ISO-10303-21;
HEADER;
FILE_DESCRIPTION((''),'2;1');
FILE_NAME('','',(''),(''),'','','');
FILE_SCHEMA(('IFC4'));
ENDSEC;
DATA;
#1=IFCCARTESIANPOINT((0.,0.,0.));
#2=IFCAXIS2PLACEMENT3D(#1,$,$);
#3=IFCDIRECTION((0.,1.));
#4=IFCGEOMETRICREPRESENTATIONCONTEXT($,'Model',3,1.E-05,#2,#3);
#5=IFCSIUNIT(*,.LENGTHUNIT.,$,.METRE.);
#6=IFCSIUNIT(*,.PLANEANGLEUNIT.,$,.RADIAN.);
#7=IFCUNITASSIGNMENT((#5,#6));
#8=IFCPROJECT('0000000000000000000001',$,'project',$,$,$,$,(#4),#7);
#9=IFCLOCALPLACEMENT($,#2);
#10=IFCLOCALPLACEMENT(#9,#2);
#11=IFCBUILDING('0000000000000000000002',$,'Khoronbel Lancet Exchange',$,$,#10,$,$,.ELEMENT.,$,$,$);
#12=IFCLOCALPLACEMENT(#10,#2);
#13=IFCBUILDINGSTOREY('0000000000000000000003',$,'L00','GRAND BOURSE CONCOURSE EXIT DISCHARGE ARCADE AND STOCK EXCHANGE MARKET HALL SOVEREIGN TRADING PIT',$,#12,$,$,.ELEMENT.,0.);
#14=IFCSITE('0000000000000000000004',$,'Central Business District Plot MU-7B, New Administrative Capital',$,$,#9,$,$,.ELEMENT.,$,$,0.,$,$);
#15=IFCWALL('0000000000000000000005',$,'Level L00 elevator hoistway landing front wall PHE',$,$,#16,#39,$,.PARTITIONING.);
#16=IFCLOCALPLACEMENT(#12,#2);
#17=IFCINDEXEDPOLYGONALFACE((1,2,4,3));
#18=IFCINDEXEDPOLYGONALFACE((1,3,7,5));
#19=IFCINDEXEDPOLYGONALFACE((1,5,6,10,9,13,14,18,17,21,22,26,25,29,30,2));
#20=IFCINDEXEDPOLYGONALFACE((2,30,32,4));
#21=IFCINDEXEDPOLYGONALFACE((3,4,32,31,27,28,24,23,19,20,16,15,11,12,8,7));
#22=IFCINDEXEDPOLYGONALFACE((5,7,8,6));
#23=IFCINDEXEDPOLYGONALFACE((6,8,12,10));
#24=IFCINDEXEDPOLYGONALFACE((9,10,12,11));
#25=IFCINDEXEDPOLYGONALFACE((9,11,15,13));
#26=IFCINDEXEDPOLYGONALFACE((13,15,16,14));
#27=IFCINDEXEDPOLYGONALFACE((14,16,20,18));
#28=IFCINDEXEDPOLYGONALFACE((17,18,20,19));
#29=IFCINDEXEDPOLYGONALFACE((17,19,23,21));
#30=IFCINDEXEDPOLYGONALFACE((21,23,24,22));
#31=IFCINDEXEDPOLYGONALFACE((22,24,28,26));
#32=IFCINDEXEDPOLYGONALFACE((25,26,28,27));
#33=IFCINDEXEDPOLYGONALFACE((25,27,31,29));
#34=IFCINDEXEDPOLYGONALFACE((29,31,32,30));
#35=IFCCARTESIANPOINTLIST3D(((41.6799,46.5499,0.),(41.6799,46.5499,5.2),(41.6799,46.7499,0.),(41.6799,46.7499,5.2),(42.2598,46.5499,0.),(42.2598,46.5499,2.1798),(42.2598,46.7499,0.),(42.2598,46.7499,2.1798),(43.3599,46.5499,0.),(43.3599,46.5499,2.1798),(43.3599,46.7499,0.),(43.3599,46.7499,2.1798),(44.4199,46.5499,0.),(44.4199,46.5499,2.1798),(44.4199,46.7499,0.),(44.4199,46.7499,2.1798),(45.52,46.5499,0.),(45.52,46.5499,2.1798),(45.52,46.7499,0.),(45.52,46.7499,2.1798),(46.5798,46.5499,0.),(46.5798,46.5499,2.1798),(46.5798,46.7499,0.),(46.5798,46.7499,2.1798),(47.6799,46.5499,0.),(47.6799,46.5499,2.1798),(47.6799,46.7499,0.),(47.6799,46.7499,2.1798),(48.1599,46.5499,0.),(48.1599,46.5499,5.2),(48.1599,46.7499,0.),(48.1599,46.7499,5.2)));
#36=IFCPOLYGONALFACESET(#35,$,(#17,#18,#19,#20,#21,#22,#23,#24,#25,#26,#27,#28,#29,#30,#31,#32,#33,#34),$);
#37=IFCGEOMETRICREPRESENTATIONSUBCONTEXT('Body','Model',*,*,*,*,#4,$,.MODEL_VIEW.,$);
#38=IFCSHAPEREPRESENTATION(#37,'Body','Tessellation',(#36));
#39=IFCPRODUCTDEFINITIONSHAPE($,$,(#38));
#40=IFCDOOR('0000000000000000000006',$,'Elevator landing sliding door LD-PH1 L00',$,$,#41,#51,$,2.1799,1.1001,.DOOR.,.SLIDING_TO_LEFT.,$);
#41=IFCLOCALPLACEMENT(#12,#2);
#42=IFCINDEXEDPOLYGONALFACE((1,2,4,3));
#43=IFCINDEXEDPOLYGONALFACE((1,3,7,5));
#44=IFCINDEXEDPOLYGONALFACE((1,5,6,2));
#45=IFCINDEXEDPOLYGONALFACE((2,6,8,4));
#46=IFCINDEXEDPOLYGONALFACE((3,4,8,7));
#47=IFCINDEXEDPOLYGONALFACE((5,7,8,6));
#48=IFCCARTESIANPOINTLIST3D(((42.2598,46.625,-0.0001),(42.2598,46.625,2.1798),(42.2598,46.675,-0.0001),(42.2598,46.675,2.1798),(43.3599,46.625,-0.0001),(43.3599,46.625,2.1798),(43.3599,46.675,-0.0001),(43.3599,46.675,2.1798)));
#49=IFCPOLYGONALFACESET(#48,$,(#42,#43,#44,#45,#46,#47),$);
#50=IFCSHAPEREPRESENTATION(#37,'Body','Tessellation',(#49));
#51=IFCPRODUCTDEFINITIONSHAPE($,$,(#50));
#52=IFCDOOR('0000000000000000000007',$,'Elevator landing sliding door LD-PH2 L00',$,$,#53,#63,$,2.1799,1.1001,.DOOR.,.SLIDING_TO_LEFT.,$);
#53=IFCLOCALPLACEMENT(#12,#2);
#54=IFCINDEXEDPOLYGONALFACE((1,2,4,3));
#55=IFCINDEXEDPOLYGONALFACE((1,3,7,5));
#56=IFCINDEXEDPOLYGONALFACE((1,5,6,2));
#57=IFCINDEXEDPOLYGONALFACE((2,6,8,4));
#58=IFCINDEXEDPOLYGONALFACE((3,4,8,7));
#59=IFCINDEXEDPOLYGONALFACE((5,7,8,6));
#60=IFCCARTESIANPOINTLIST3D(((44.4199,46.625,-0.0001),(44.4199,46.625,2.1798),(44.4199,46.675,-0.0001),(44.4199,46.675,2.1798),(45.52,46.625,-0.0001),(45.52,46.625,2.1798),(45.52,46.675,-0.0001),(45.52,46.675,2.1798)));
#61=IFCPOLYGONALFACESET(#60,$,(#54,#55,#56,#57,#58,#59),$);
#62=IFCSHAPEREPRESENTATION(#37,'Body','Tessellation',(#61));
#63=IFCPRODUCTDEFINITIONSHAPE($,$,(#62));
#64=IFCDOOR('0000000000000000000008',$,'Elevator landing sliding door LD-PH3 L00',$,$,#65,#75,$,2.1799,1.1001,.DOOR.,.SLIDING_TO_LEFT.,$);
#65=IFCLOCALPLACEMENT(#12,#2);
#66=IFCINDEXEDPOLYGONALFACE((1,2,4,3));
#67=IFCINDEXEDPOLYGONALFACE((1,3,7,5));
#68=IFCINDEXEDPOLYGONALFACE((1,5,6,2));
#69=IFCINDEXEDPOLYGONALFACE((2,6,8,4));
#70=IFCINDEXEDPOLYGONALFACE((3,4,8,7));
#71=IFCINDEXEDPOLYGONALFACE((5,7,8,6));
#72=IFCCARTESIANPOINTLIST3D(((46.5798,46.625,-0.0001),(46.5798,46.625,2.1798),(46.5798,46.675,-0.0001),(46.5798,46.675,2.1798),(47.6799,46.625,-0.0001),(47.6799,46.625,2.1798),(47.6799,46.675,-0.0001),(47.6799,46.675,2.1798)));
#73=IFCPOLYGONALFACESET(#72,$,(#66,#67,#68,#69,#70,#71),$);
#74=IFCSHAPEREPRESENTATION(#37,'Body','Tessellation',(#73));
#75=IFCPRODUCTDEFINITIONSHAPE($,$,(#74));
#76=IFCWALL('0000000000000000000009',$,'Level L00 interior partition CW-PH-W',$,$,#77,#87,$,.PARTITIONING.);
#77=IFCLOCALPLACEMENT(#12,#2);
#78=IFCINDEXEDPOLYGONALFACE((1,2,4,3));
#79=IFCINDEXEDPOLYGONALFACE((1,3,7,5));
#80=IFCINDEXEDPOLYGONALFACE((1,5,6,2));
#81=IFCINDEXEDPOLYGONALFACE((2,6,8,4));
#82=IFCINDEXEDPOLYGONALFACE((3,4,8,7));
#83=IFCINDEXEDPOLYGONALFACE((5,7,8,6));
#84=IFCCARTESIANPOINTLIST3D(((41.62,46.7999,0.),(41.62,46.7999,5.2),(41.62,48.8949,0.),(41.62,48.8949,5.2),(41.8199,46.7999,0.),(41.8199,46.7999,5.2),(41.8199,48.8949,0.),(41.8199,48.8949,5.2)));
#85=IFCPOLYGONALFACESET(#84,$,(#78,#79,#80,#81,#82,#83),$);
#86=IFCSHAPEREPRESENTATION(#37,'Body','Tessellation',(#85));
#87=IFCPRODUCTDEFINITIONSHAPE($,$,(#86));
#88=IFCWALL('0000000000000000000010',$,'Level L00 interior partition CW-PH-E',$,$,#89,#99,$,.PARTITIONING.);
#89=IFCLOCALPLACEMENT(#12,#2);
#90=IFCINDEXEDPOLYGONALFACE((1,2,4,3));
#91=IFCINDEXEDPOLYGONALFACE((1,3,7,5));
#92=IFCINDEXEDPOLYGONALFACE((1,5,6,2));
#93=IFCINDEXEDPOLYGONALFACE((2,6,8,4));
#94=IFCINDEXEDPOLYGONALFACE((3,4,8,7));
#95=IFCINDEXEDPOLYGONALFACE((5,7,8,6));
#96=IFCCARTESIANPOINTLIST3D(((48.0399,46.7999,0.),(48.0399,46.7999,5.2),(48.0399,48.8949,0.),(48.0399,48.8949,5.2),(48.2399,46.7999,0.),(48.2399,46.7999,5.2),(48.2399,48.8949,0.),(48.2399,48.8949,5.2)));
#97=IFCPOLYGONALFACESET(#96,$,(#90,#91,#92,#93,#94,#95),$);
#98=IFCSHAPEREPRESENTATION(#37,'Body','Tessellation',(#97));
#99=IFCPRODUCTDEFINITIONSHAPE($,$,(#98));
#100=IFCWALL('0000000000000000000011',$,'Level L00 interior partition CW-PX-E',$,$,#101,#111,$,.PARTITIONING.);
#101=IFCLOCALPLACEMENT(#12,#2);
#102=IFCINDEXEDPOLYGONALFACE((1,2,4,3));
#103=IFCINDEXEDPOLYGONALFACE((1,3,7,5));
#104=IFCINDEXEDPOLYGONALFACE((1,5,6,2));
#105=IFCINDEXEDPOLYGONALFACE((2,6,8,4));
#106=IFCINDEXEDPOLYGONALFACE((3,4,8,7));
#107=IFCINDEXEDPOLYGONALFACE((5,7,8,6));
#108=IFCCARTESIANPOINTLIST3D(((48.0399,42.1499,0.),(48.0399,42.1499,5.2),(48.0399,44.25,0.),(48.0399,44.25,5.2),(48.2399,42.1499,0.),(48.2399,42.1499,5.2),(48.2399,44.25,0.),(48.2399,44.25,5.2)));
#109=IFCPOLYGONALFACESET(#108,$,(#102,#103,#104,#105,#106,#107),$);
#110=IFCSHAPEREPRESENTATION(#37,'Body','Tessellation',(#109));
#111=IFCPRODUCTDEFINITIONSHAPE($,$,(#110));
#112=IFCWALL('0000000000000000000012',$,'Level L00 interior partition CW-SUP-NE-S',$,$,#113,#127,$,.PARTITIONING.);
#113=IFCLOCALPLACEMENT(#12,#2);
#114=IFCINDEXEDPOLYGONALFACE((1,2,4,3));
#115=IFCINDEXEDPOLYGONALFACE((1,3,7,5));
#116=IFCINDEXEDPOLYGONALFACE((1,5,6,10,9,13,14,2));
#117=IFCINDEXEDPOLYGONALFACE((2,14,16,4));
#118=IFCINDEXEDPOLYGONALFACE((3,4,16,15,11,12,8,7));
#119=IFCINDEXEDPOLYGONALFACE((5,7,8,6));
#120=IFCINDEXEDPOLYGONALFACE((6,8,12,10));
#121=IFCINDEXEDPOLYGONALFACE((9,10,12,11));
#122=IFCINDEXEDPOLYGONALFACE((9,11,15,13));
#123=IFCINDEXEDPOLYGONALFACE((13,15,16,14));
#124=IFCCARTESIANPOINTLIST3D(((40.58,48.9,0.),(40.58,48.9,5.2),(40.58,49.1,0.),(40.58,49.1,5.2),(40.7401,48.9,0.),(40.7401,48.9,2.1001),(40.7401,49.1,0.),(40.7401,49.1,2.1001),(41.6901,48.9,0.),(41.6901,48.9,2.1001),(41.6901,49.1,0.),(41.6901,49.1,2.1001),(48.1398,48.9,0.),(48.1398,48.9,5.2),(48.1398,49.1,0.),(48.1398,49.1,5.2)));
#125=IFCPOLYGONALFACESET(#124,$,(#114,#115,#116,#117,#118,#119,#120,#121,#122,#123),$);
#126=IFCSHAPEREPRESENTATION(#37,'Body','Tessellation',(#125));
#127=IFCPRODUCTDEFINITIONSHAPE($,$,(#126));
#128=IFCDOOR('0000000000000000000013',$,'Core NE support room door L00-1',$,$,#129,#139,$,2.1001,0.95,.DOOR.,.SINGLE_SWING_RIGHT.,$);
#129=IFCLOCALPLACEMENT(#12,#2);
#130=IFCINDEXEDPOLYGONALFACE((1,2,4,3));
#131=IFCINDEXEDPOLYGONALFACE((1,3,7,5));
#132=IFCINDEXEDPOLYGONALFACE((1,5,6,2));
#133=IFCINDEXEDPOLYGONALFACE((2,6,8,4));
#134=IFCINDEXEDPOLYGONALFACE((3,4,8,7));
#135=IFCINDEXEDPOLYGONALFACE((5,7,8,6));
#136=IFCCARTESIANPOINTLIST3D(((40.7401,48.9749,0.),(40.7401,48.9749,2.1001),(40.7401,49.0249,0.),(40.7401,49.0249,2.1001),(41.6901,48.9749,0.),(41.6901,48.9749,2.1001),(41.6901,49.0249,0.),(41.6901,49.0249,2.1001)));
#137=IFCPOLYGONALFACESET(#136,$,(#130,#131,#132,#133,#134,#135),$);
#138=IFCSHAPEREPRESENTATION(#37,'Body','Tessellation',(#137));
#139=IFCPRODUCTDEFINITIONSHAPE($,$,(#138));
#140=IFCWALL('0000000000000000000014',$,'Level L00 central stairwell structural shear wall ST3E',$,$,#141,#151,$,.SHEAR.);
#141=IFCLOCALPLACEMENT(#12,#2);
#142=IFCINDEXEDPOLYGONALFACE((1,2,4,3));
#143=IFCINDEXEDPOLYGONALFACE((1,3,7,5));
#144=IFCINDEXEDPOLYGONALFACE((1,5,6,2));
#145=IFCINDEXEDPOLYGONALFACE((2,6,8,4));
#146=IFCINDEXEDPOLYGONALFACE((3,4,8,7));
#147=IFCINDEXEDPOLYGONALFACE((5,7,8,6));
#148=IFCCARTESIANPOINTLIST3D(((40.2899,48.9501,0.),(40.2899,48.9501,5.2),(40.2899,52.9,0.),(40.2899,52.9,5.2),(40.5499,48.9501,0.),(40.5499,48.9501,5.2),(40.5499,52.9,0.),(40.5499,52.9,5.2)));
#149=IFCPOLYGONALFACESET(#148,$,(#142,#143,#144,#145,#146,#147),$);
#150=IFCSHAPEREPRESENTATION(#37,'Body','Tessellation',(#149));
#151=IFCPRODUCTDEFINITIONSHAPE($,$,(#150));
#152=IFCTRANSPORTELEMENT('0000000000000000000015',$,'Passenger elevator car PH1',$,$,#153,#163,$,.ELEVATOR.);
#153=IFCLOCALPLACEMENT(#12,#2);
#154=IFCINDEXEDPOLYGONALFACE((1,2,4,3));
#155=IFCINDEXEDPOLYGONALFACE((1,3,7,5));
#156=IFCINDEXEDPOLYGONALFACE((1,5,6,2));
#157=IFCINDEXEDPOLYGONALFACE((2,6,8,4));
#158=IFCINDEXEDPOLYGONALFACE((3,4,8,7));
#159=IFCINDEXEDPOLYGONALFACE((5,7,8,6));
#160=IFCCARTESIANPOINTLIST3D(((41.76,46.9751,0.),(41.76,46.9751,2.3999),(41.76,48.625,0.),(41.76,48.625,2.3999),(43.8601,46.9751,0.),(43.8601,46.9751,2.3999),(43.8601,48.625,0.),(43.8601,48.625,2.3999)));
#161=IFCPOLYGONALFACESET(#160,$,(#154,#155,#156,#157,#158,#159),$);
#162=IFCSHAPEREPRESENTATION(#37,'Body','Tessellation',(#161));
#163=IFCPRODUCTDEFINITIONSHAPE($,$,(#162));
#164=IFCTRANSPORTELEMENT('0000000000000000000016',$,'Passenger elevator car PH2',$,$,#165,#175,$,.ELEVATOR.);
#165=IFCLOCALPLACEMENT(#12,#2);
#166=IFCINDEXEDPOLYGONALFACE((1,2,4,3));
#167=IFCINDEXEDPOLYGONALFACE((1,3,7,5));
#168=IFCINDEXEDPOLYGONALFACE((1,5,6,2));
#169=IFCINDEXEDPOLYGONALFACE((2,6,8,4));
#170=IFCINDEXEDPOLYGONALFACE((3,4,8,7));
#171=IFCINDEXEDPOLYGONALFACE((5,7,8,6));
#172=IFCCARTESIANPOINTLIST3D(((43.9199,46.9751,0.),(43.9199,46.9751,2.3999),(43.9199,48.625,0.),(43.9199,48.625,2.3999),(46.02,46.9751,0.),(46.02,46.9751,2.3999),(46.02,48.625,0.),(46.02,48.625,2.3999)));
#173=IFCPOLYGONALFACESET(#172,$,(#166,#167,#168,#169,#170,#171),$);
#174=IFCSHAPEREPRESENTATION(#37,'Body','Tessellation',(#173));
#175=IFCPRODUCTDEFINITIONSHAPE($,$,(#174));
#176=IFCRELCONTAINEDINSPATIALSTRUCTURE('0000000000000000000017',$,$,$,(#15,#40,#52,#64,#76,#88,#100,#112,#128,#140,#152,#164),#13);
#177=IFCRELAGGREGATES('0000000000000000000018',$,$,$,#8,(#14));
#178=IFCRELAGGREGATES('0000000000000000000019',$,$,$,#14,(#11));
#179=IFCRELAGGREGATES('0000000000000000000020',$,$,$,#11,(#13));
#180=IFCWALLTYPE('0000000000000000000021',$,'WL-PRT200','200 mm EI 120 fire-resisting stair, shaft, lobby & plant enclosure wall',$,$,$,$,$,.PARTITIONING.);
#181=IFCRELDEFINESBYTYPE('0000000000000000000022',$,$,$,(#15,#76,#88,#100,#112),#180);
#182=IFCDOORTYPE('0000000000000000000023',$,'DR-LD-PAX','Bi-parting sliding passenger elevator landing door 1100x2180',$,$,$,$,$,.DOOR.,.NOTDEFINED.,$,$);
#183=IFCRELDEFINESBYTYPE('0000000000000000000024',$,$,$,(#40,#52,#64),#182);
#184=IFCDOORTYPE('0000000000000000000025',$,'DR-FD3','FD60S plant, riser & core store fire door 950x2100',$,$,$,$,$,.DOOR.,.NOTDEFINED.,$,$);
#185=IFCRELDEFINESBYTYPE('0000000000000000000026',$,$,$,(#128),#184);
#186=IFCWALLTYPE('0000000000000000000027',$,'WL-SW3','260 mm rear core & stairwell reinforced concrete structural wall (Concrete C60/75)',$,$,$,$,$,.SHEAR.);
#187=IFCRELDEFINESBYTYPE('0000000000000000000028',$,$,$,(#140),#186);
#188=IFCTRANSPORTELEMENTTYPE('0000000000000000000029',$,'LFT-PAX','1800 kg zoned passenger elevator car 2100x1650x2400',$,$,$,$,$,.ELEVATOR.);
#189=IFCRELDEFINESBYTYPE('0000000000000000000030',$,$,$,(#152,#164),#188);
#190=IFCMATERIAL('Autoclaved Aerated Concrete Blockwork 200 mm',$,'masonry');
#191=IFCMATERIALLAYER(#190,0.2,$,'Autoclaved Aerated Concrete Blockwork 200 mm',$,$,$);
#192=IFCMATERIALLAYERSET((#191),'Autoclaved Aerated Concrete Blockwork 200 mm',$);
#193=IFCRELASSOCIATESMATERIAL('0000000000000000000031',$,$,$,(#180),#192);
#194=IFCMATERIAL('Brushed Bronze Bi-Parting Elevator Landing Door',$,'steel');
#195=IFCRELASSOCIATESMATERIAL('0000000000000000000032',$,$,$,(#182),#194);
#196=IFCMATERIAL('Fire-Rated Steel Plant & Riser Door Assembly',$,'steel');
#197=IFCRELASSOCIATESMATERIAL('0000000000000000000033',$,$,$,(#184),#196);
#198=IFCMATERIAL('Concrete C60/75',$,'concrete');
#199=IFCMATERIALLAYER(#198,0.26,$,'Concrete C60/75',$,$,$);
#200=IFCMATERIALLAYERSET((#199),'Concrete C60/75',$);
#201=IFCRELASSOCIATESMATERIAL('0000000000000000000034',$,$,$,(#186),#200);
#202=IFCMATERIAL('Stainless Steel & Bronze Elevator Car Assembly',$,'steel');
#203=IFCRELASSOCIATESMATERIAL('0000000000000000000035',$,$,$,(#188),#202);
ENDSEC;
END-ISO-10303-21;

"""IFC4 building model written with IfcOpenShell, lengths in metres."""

from ifc_helpers import new_model, si_unit, direction, frame, frame_2d, origin, origin_2d, place, context, subcontext, project, spatial, rectangle, extrude, material, layer, layer_set, type_object, element, fill, save


model = new_model("IFC4")

# Units and contexts
model_context = context("Model", 3, precision=1e-05, world=origin(), true_north=direction((0.0, 1.0)))
body_context = subcontext(model_context, "Body", "Model", "MODEL_VIEW")
ifc_project = project(units=[si_unit("LENGTHUNIT", "METRE"), si_unit("PLANEANGLEUNIT", "RADIAN")], contexts=[model_context])

# Site, building, storey
site_placement = place(None, origin())
site = spatial("IfcSite", under=ifc_project, at=site_placement, Name="Central Business District Plot MU-7B, New Administrative Capital", CompositionType="ELEMENT", RefElevation=0.0)
building_placement = place(site_placement, origin())
building = spatial("IfcBuilding", under=site, at=building_placement, Name="Khoronbel Lancet Exchange", CompositionType="ELEMENT")
storey_placement = place(building_placement, origin())
storey = spatial("IfcBuildingStorey", under=building, at=storey_placement, Name="L00", Description="GRAND BOURSE CONCOURSE EXIT DISCHARGE ARCADE AND STOCK EXCHANGE MARKET HALL SOVEREIGN TRADING PIT", CompositionType="ELEMENT", Elevation=0.0)

# Wall, openings, doors
ifc_material_1 = material(Name="Autoclaved Aerated Concrete Blockwork 200 mm", Category="masonry")
ifc_layer_1 = layer(ifc_material_1, 0.2, Name="Autoclaved Aerated Concrete Blockwork 200 mm")
ifc_layer_set_1 = layer_set([ifc_layer_1], Name="Autoclaved Aerated Concrete Blockwork 200 mm")
wall_type_1 = type_object("IfcWallType", Name="WL-PRT200", Description="200 mm EI 120 fire-resisting stair, shaft, lobby & plant enclosure wall", PredefinedType="PARTITIONING", material=ifc_layer_set_1)
ifc_material_2 = material(Name="Brushed Bronze Bi-Parting Elevator Landing Door", Category="steel")
door_type_1 = type_object("IfcDoorType", Name="DR-LD-PAX", Description="Bi-parting sliding passenger elevator landing door 1100x2180", OperationType="NOTDEFINED", PredefinedType="DOOR", material=ifc_material_2)
wall_1_placement = place(storey_placement, frame((48.1599, 46.6499, 0.0), z_axis=(0.0, 0.0, 1.0), x_axis=(-1.0, 0.0, 0.0)))
wall_1 = element("IfcWall", 1, at=wall_1_placement, inside=storey, type_object=wall_type_1, Name="Level L00 elevator hoistway landing front wall PHE", PredefinedType="PARTITIONING", context=body_context, shape_type="SweptSolid", body=[
    extrude(rectangle(XDim=6.48, YDim=0.2, at=frame_2d((3.24, 0.0))), origin(), (0.0, 0.0, 1.0), 5.2),
])
opening_1_placement = place(wall_1_placement, frame((4.8, 0.0, 0.0)))
opening_1 = element("IfcOpeningElement", 2, at=opening_1_placement, cuts=wall_1, PredefinedType="OPENING", context=body_context, shape_type="SweptSolid", body=[
    extrude(rectangle(XDim=1.1001, YDim=2.1799, at=frame_2d((0.55, 1.0898))), frame((0.0, 0.1099, 0.0), z_axis=(0.0, -1.0, 0.0), x_axis=(1.0, 0.0, 0.0)), (0.0, 0.0, 1.0), 0.22),
])
opening_2_placement = place(wall_1_placement, frame((2.6399, 0.0, 0.0)))
opening_2 = element("IfcOpeningElement", 3, at=opening_2_placement, cuts=wall_1, PredefinedType="OPENING", context=body_context, shape_type="SweptSolid", body=[
    extrude(rectangle(XDim=1.1001, YDim=2.1799, at=frame_2d((0.55, 1.0898))), frame((0.0, 0.1099, 0.0), z_axis=(0.0, -1.0, 0.0), x_axis=(1.0, 0.0, 0.0)), (0.0, 0.0, 1.0), 0.22),
])
opening_3_placement = place(wall_1_placement, frame((0.48, 0.0, 0.0)))
opening_3 = element("IfcOpeningElement", 4, at=opening_3_placement, cuts=wall_1, PredefinedType="OPENING", context=body_context, shape_type="SweptSolid", body=[
    extrude(rectangle(XDim=1.1001, YDim=2.1799, at=frame_2d((0.55, 1.0898))), frame((0.0, 0.1099, 0.0), z_axis=(0.0, -1.0, 0.0), x_axis=(1.0, 0.0, 0.0)), (0.0, 0.0, 1.0), 0.22),
])
door_1_placement = place(opening_1_placement, origin())
door_1 = element("IfcDoor", 5, at=door_1_placement, inside=storey, type_object=door_type_1, Name="Elevator landing sliding door LD-PH1 L00", OperationType="SLIDING_TO_LEFT", OverallHeight=2.1799, OverallWidth=1.1001, PredefinedType="DOOR", context=body_context, shape_type="SweptSolid", body=[
    extrude(rectangle(XDim=1.1001, YDim=2.1799, at=frame_2d((0.55, 1.0898))), frame((0.0, 0.0249, 0.0), z_axis=(0.0, -1.0, 0.0), x_axis=(1.0, 0.0, 0.0)), (0.0, 0.0, 1.0), 0.05),
])
fill(opening_1, door_1)
door_2_placement = place(opening_2_placement, origin())
door_2 = element("IfcDoor", 6, at=door_2_placement, inside=storey, type_object=door_type_1, Name="Elevator landing sliding door LD-PH2 L00", OperationType="SLIDING_TO_LEFT", OverallHeight=2.1799, OverallWidth=1.1001, PredefinedType="DOOR", context=body_context, shape_type="SweptSolid", body=[
    extrude(rectangle(XDim=1.1001, YDim=2.1799, at=frame_2d((0.55, 1.0898))), frame((0.0, 0.0249, 0.0), z_axis=(0.0, -1.0, 0.0), x_axis=(1.0, 0.0, 0.0)), (0.0, 0.0, 1.0), 0.05),
])
fill(opening_2, door_2)
door_3_placement = place(opening_3_placement, origin())
door_3 = element("IfcDoor", 7, at=door_3_placement, inside=storey, type_object=door_type_1, Name="Elevator landing sliding door LD-PH3 L00", OperationType="SLIDING_TO_LEFT", OverallHeight=2.1799, OverallWidth=1.1001, PredefinedType="DOOR", context=body_context, shape_type="SweptSolid", body=[
    extrude(rectangle(XDim=1.1001, YDim=2.1799, at=frame_2d((0.55, 1.0898))), frame((0.0, 0.0249, 0.0), z_axis=(0.0, -1.0, 0.0), x_axis=(1.0, 0.0, 0.0)), (0.0, 0.0, 1.0), 0.05),
])
fill(opening_3, door_3)

# Walls
for number, where, z_axis, x_axis, name in (
    (8, (41.72, 46.8, 0.0), (0.0, 0.0, 1.0), (0.0, 1.0, 0.0), "Level L00 interior partition CW-PH-W"),
    (9, (48.1399, 46.8, 0.0), (0.0, 0.0, 1.0), (0.0, 1.0, 0.0), "Level L00 interior partition CW-PH-E"),
):
    element("IfcWall", number, at=place(storey_placement, frame(where, z_axis=z_axis, x_axis=x_axis)), inside=storey, type_object=wall_type_1, Name=name, PredefinedType="PARTITIONING", context=body_context, shape_type="SweptSolid", body=[
        extrude(rectangle(XDim=2.095, YDim=0.2, at=frame_2d((1.0474, 0.0))), origin(), (0.0, 0.0, 1.0), 5.2),
    ])
wall_2_placement = place(storey_placement, frame((48.1399, 42.1499, 0.0), z_axis=(0.0, 0.0, 1.0), x_axis=(0.0, 1.0, 0.0)))
element("IfcWall", 10, at=wall_2_placement, inside=storey, type_object=wall_type_1, Name="Level L00 interior partition CW-PX-E", PredefinedType="PARTITIONING", context=body_context, shape_type="SweptSolid", body=[
    extrude(rectangle(XDim=2.1001, YDim=0.2, at=frame_2d((1.05, 0.0))), origin(), (0.0, 0.0, 1.0), 5.2),
])

# Wall, opening, door
wall_3_placement = place(storey_placement, frame((40.5801, 49.0, 0.0), z_axis=(0.0, 0.0, 1.0), x_axis=(1.0, 0.0, 0.0)))
wall_3 = element("IfcWall", 11, at=wall_3_placement, inside=storey, type_object=wall_type_1, Name="Level L00 interior partition CW-SUP-NE-S", PredefinedType="PARTITIONING", context=body_context, shape_type="SweptSolid", body=[
    extrude(rectangle(XDim=7.5598, YDim=0.2, at=frame_2d((3.7798, 0.0))), origin(), (0.0, 0.0, 1.0), 5.2),
])
opening_4_placement = place(wall_3_placement, frame((0.1599, 0.0, 0.0)))
opening_4 = element("IfcOpeningElement", 12, at=opening_4_placement, cuts=wall_3, PredefinedType="OPENING", context=body_context, shape_type="SweptSolid", body=[
    extrude(rectangle(XDim=0.95, YDim=2.1001, at=frame_2d((0.4751, 1.05))), frame((0.0, 0.1099, 0.0), z_axis=(0.0, -1.0, 0.0), x_axis=(1.0, 0.0, 0.0)), (0.0, 0.0, 1.0), 0.22),
])
ifc_material_3 = material(Name="Fire-Rated Steel Plant & Riser Door Assembly", Category="steel")
door_type_2 = type_object("IfcDoorType", Name="DR-FD3", Description="FD60S plant, riser & core store fire door 950x2100", OperationType="NOTDEFINED", PredefinedType="DOOR", material=ifc_material_3)
door_4_placement = place(opening_4_placement, origin())
door_4 = element("IfcDoor", 13, at=door_4_placement, inside=storey, type_object=door_type_2, Name="Core NE support room door L00-1", OperationType="SINGLE_SWING_RIGHT", OverallHeight=2.1001, OverallWidth=0.95, PredefinedType="DOOR", context=body_context, shape_type="SweptSolid", body=[
    extrude(rectangle(XDim=0.95, YDim=2.1001, at=frame_2d((0.4751, 1.05))), frame((0.0, 0.0249, 0.0), z_axis=(0.0, -1.0, 0.0), x_axis=(1.0, 0.0, 0.0)), (0.0, 0.0, 1.0), 0.05),
])
fill(opening_4, door_4)

# Wall
ifc_material_4 = material(Name="Concrete C60/75", Category="concrete")
ifc_layer_2 = layer(ifc_material_4, 0.26, Name="Concrete C60/75")
ifc_layer_set_2 = layer_set([ifc_layer_2], Name="Concrete C60/75")
wall_type_2 = type_object("IfcWallType", Name="WL-SW3", Description="260 mm rear core & stairwell reinforced concrete structural wall (Concrete C60/75)", PredefinedType="SHEAR", material=ifc_layer_set_2)
wall_4_placement = place(storey_placement, frame((40.4199, 48.95, 0.0), z_axis=(0.0, 0.0, 1.0), x_axis=(0.0, 1.0, 0.0)))
element("IfcWall", 14, at=wall_4_placement, inside=storey, type_object=wall_type_2, Name="Level L00 central stairwell structural shear wall ST3E", PredefinedType="SHEAR", context=body_context, shape_type="SweptSolid", body=[
    extrude(rectangle(XDim=3.95, YDim=0.26, at=frame_2d((1.9751, 0.0))), origin(), (0.0, 0.0, 1.0), 5.2),
])

# Transport elements
ifc_material_5 = material(Name="Stainless Steel & Bronze Elevator Car Assembly", Category="steel")
transport_element_type = type_object("IfcTransportElementType", Name="LFT-PAX", Description="1800 kg zoned passenger elevator car 2100x1650x2400", PredefinedType="ELEVATOR", material=ifc_material_5)
for number, where, z_axis, x_axis, name in (
    (15, (42.8101, 47.8, 0.0), (0.0, 0.0, 1.0), (1.0, 0.0, 0.0), "Passenger elevator car PH1"),
    (16, (44.97, 47.8, 0.0), (0.0, 0.0, 1.0), (1.0, 0.0, 0.0), "Passenger elevator car PH2"),
):
    element("IfcTransportElement", number, at=place(storey_placement, frame(where, z_axis=z_axis, x_axis=x_axis)), inside=storey, type_object=transport_element_type, Name=name, PredefinedType="ELEVATOR", context=body_context, shape_type="SweptSolid", body=[
        extrude(rectangle(XDim=2.1001, YDim=1.6499, at=origin_2d()), origin(), (0.0, 0.0, 1.0), 2.3999),
    ])

save(model, "model.ifc")
